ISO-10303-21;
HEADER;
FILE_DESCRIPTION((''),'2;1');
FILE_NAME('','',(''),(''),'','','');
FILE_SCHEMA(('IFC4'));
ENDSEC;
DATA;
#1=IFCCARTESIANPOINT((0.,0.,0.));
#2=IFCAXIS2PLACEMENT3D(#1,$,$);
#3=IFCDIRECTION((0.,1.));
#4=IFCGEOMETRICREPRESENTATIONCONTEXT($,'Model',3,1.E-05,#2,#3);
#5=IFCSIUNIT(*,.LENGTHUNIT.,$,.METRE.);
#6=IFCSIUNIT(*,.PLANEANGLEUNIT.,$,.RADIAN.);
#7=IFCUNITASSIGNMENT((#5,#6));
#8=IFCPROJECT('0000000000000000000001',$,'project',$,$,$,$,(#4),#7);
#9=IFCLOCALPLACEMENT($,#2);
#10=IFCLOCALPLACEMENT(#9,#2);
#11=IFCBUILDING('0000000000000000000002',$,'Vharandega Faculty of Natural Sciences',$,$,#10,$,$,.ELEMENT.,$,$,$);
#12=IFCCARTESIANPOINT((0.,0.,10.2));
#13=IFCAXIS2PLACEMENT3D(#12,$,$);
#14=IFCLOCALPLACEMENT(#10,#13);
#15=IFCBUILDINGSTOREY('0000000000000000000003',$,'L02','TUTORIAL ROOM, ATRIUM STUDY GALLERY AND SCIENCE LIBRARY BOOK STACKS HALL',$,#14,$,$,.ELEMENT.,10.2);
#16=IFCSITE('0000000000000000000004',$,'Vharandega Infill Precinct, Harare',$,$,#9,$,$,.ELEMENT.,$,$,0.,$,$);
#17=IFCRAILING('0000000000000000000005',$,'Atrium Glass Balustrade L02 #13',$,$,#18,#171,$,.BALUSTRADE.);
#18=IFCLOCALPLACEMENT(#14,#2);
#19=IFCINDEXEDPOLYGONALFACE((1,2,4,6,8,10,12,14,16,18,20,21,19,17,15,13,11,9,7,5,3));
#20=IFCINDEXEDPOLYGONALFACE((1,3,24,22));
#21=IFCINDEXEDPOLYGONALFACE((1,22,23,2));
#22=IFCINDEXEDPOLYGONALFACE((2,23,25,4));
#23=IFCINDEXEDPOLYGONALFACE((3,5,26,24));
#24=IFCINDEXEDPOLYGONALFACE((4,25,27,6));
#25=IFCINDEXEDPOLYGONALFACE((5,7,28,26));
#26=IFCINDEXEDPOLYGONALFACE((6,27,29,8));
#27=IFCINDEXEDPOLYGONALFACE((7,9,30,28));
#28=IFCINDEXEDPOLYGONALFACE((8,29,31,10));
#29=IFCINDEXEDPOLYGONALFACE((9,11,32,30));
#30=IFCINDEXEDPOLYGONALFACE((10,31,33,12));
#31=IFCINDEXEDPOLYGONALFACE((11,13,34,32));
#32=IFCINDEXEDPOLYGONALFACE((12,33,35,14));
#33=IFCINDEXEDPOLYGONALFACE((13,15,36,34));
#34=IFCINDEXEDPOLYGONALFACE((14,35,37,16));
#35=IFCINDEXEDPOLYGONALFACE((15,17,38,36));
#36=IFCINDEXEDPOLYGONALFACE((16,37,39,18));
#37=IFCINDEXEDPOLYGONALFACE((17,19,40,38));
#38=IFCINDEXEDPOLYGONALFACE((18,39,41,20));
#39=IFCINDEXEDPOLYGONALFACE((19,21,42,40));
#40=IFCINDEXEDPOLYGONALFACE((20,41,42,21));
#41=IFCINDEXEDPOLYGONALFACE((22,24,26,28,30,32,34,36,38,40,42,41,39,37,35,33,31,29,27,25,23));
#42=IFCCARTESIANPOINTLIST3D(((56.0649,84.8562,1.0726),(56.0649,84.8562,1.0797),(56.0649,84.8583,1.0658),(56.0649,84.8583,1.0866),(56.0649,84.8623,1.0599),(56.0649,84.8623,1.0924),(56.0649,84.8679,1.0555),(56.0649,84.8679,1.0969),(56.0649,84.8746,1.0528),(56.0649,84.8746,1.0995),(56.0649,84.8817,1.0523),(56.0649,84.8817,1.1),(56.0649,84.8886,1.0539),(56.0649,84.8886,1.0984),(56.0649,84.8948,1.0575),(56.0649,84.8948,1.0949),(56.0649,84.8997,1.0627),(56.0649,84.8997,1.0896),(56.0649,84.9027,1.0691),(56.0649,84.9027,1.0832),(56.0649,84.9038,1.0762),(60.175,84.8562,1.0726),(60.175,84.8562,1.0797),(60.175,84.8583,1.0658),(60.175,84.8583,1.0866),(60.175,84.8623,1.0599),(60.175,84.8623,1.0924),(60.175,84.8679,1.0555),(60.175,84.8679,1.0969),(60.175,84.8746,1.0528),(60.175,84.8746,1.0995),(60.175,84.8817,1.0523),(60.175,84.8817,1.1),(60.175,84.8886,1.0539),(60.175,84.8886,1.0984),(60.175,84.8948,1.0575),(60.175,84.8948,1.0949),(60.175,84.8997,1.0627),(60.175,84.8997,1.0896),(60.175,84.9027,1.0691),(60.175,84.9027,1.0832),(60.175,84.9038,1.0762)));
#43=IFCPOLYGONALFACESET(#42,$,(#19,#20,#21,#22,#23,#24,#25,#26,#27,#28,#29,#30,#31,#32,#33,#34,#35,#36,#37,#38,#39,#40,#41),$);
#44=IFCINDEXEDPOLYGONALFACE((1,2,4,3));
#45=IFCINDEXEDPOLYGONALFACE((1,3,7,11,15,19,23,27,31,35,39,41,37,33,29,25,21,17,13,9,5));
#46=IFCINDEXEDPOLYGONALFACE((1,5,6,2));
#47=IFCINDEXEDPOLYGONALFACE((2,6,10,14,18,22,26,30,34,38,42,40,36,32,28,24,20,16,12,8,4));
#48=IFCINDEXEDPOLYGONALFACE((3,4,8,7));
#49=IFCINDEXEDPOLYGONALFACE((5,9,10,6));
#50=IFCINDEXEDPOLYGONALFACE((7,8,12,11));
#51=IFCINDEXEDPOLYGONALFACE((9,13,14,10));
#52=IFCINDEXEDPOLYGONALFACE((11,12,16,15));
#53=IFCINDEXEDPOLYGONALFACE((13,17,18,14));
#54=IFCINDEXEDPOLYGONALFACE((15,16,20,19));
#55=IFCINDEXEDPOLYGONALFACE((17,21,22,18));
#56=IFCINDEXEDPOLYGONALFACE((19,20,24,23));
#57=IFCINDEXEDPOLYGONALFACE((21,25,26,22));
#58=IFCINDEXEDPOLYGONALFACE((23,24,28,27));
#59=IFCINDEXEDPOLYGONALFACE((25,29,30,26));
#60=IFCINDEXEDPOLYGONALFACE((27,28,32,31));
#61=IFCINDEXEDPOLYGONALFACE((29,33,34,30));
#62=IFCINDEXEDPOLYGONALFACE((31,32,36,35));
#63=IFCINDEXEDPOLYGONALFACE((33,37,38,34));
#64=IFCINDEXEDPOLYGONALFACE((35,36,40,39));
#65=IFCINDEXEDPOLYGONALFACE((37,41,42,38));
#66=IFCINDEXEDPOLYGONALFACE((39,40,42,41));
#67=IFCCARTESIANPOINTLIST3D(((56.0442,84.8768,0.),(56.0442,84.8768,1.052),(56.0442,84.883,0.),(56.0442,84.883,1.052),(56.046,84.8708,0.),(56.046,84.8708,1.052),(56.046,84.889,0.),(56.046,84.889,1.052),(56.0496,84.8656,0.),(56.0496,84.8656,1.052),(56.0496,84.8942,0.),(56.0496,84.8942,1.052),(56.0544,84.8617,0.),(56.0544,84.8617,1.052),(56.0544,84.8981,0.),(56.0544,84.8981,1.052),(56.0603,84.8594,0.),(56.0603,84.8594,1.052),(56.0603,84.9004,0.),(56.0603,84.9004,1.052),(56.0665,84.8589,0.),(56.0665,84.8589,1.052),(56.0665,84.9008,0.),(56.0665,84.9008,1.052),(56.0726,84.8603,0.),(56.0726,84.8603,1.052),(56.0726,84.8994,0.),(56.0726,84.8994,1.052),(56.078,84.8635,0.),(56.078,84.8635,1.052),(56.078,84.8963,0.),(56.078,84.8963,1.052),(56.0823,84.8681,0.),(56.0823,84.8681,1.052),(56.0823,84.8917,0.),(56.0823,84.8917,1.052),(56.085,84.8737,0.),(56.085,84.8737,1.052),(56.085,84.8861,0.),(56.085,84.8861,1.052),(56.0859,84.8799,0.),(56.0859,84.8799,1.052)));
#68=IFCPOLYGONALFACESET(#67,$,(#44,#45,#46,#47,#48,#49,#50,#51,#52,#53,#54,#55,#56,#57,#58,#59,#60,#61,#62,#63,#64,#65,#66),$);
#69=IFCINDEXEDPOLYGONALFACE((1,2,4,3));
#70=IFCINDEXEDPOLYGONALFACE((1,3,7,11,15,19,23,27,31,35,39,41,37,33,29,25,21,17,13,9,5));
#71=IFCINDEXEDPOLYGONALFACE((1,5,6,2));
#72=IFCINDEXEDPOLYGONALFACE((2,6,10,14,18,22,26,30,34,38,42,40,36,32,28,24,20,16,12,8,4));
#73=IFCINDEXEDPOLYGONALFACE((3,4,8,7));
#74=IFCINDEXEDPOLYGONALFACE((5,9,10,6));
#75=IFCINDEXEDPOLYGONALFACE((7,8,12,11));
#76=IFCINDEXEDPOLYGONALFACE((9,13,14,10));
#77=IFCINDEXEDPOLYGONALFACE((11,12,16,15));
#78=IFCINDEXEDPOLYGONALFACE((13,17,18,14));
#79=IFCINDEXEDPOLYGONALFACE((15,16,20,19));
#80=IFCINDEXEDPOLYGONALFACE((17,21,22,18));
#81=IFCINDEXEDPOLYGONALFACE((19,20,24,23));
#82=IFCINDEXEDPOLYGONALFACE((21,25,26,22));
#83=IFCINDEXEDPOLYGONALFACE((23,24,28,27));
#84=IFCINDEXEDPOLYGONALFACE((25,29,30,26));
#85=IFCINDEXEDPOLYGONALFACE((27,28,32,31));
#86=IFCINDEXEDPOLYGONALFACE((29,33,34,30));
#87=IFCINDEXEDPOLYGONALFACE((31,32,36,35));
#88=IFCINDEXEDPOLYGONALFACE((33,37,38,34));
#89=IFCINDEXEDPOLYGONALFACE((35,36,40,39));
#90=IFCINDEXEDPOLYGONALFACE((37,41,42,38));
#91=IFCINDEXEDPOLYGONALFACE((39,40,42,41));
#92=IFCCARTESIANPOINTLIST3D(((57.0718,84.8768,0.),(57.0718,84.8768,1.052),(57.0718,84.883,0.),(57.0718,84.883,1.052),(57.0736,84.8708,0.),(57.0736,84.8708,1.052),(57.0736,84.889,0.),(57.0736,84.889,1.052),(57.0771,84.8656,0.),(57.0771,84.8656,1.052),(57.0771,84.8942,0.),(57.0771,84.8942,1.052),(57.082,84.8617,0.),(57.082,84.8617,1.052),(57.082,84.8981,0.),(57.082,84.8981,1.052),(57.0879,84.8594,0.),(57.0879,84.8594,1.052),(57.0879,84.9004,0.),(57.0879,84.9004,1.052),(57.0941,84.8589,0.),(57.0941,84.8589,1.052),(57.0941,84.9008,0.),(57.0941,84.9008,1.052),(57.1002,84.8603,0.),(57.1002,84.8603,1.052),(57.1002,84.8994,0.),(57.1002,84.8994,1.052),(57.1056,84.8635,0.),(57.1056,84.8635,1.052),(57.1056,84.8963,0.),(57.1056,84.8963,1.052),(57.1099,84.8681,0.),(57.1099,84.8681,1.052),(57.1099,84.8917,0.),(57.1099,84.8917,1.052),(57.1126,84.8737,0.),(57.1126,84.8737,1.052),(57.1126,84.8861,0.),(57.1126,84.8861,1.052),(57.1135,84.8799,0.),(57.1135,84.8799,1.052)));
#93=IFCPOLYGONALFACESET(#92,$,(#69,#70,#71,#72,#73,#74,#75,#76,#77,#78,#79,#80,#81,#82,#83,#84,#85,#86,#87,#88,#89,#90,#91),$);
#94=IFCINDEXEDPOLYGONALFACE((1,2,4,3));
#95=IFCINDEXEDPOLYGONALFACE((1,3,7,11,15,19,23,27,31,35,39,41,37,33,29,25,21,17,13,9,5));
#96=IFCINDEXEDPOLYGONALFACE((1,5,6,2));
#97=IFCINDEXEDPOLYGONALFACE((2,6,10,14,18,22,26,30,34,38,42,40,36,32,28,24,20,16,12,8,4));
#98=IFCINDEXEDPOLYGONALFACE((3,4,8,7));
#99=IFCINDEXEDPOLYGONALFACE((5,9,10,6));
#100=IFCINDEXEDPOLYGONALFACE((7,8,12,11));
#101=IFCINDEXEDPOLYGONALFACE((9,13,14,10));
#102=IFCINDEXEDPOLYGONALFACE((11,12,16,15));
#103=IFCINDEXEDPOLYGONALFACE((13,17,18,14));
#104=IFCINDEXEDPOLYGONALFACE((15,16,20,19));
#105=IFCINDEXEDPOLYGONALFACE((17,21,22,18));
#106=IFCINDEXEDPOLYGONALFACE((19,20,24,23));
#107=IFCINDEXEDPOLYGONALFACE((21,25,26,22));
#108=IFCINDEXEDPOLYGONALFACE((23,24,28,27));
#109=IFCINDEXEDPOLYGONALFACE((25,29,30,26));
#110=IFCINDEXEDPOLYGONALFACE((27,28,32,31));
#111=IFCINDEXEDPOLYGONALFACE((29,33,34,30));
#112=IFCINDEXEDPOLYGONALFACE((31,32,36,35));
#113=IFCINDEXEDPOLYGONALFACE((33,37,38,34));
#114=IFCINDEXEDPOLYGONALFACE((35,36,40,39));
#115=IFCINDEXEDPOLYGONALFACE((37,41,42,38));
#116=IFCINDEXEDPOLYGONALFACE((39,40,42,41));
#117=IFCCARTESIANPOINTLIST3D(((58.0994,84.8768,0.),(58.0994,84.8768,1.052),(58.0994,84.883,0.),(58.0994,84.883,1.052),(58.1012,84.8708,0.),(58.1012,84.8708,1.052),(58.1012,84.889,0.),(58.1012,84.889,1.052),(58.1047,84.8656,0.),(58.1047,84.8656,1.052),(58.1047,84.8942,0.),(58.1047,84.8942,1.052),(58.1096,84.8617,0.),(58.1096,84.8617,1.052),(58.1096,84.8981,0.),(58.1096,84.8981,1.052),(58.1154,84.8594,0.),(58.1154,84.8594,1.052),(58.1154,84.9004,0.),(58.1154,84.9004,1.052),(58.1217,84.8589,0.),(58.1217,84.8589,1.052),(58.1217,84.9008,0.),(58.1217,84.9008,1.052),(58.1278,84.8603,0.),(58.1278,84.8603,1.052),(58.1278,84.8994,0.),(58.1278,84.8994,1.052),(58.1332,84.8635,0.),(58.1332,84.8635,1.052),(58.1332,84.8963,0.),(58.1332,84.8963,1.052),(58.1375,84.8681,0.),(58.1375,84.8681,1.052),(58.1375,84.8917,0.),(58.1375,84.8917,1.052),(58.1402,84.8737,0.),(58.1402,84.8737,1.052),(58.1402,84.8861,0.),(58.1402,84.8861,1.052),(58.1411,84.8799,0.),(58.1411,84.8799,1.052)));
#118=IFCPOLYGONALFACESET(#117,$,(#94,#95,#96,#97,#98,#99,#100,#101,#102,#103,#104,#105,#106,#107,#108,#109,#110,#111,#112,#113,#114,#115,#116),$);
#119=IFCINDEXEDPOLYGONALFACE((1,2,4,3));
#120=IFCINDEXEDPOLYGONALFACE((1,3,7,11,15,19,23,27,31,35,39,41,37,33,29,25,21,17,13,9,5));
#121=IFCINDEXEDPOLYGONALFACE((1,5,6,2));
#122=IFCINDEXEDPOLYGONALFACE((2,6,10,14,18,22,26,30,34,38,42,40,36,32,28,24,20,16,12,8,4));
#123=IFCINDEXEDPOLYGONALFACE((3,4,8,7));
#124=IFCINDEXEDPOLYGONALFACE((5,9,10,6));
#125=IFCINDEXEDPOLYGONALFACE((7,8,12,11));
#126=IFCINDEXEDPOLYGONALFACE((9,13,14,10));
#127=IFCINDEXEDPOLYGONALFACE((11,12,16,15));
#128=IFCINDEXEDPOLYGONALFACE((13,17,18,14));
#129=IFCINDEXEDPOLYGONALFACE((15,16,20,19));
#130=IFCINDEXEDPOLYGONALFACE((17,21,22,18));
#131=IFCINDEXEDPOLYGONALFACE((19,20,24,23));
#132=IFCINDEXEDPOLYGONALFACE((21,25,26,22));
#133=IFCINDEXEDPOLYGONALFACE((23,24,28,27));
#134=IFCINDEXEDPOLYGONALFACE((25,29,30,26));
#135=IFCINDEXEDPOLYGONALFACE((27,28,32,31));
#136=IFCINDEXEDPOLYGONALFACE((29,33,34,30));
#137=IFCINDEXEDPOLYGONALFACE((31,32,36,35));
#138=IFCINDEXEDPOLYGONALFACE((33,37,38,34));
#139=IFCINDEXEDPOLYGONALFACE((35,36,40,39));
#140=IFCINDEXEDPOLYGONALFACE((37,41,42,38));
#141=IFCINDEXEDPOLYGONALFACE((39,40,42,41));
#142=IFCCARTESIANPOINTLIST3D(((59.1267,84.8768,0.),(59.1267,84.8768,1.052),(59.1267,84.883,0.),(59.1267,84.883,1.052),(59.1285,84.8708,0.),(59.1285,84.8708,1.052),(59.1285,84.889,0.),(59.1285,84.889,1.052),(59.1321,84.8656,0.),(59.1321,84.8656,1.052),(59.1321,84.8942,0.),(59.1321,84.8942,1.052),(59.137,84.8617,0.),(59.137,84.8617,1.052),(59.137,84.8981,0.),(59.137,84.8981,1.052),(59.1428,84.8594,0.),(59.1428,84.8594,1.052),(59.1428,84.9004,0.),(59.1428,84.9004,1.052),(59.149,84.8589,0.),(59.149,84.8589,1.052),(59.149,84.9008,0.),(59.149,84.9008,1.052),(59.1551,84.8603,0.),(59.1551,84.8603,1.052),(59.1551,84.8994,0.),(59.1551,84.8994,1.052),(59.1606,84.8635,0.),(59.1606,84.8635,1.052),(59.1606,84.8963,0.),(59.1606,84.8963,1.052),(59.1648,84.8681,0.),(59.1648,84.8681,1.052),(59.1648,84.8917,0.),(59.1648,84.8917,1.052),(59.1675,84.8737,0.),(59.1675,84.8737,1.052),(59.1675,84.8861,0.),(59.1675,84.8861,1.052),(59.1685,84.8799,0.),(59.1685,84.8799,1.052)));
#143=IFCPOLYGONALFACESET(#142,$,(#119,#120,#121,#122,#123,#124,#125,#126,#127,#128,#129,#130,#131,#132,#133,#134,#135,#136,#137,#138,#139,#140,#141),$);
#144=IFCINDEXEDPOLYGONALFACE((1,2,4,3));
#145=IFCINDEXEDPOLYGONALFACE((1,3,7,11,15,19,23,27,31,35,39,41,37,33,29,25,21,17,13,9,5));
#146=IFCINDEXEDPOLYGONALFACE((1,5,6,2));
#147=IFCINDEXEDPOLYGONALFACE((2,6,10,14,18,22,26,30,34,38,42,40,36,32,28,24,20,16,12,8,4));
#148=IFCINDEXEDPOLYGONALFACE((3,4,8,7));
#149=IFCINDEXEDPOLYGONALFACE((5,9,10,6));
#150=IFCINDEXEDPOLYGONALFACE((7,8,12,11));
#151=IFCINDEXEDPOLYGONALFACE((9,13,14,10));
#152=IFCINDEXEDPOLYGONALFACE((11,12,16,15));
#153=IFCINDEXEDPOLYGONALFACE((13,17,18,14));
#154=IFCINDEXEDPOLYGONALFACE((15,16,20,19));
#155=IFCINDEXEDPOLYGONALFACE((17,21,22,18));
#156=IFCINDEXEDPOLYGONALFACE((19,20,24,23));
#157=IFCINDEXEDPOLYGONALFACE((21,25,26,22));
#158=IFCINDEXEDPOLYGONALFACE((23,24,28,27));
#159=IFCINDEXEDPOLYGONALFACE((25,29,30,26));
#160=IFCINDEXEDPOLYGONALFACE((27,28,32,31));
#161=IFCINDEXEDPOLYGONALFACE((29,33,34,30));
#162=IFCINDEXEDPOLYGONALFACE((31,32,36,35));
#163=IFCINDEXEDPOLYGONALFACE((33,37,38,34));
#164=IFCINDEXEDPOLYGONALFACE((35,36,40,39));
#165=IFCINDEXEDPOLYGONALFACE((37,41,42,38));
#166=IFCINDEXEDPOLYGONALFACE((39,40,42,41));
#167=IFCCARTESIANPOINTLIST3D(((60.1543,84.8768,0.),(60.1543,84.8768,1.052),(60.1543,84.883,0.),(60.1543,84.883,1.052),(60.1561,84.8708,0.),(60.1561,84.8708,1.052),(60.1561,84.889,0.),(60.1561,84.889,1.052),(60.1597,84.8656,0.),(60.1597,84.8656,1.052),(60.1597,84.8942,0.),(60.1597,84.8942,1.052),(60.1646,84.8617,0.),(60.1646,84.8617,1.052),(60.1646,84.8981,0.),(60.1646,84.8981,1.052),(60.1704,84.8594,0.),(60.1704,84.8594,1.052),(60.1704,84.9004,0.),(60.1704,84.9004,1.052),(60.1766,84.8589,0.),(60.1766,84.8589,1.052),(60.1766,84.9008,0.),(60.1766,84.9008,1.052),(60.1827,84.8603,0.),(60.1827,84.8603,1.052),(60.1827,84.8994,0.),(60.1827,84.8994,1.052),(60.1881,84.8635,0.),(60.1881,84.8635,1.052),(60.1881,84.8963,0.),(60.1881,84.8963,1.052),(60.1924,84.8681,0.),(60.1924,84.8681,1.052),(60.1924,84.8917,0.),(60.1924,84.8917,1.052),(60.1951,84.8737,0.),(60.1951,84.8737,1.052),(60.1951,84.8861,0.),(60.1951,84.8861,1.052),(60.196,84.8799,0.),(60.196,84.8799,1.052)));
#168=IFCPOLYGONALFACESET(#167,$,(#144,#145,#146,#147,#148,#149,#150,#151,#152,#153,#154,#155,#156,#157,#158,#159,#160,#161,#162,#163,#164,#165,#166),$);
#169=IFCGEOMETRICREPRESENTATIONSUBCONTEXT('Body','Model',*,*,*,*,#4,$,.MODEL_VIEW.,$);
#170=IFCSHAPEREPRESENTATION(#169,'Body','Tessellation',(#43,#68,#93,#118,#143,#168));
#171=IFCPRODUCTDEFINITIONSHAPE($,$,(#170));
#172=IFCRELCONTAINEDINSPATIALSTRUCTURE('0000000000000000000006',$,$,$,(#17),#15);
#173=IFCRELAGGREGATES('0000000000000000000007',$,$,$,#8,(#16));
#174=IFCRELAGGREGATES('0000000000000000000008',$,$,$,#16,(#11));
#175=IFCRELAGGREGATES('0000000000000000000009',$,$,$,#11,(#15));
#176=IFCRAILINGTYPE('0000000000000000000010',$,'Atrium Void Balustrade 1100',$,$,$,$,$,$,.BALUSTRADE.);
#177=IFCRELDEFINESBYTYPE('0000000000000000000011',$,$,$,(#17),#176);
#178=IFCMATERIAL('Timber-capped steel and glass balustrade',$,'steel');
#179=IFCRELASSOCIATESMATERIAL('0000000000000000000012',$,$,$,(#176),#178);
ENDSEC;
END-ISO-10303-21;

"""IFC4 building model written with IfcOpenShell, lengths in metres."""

from ifc_helpers import new_model, si_unit, direction, frame, origin, origin_2d, place, context, subcontext, project, spatial, circle, extrude, material, type_object, element, save


model = new_model("IFC4")

# Units and contexts
model_context = context("Model", 3, precision=1e-05, world=origin(), true_north=direction((0.0, 1.0)))
body_context = subcontext(model_context, "Body", "Model", "MODEL_VIEW")
ifc_project = project(units=[si_unit("LENGTHUNIT", "METRE"), si_unit("PLANEANGLEUNIT", "RADIAN")], contexts=[model_context])

# Site, building, storey
site_placement = place(None, origin())
site = spatial("IfcSite", under=ifc_project, at=site_placement, Name="Vharandega Infill Precinct, Harare", CompositionType="ELEMENT", RefElevation=0.0)
building_placement = place(site_placement, origin())
building = spatial("IfcBuilding", under=site, at=building_placement, Name="Vharandega Faculty of Natural Sciences", CompositionType="ELEMENT")
storey_placement = place(building_placement, frame((0.0, 0.0, 10.2)))
storey = spatial("IfcBuildingStorey", under=building, at=storey_placement, Name="L02", Description="TUTORIAL ROOM, ATRIUM STUDY GALLERY AND SCIENCE LIBRARY BOOK STACKS HALL", CompositionType="ELEMENT", Elevation=10.2)

# Railing
ifc_material_1 = material(Name="Timber-capped steel and glass balustrade", Category="steel")
railing_type_1 = type_object("IfcRailingType", Name="Atrium Void Balustrade 1100", PredefinedType="BALUSTRADE", material=ifc_material_1)
railing_1_placement = place(storey_placement, frame((56.0649, 84.8799, 0.0)))
element("IfcRailing", 1, at=railing_1_placement, inside=storey, type_object=railing_type_1, Name="Atrium Glass Balustrade L02 #13", PredefinedType="BALUSTRADE", context=body_context, shape_type="SweptSolid", body=[
    extrude(circle(Radius=0.0239, at=origin_2d()), frame((0.0, 0.0, 1.0762), z_axis=(1.0, 0.0, 0.0), x_axis=(0.0, 1.0, 0.0)), (0.0, 0.0, 1.0), 4.1101),
    extrude(circle(Radius=0.021, at=origin_2d()), origin(), (0.0, 0.0, 1.0), 1.052),
    extrude(circle(Radius=0.021, at=origin_2d()), frame((1.0276, 0.0, 0.0)), (0.0, 0.0, 1.0), 1.052),
    extrude(circle(Radius=0.021, at=origin_2d()), frame((2.0552, 0.0, 0.0)), (0.0, 0.0, 1.0), 1.052),
    extrude(circle(Radius=0.021, at=origin_2d()), frame((3.0825, 0.0, 0.0)), (0.0, 0.0, 1.0), 1.052),
    extrude(circle(Radius=0.021, at=origin_2d()), frame((4.1101, 0.0, 0.0)), (0.0, 0.0, 1.0), 1.052),
])

save(model, "model.ifc")
